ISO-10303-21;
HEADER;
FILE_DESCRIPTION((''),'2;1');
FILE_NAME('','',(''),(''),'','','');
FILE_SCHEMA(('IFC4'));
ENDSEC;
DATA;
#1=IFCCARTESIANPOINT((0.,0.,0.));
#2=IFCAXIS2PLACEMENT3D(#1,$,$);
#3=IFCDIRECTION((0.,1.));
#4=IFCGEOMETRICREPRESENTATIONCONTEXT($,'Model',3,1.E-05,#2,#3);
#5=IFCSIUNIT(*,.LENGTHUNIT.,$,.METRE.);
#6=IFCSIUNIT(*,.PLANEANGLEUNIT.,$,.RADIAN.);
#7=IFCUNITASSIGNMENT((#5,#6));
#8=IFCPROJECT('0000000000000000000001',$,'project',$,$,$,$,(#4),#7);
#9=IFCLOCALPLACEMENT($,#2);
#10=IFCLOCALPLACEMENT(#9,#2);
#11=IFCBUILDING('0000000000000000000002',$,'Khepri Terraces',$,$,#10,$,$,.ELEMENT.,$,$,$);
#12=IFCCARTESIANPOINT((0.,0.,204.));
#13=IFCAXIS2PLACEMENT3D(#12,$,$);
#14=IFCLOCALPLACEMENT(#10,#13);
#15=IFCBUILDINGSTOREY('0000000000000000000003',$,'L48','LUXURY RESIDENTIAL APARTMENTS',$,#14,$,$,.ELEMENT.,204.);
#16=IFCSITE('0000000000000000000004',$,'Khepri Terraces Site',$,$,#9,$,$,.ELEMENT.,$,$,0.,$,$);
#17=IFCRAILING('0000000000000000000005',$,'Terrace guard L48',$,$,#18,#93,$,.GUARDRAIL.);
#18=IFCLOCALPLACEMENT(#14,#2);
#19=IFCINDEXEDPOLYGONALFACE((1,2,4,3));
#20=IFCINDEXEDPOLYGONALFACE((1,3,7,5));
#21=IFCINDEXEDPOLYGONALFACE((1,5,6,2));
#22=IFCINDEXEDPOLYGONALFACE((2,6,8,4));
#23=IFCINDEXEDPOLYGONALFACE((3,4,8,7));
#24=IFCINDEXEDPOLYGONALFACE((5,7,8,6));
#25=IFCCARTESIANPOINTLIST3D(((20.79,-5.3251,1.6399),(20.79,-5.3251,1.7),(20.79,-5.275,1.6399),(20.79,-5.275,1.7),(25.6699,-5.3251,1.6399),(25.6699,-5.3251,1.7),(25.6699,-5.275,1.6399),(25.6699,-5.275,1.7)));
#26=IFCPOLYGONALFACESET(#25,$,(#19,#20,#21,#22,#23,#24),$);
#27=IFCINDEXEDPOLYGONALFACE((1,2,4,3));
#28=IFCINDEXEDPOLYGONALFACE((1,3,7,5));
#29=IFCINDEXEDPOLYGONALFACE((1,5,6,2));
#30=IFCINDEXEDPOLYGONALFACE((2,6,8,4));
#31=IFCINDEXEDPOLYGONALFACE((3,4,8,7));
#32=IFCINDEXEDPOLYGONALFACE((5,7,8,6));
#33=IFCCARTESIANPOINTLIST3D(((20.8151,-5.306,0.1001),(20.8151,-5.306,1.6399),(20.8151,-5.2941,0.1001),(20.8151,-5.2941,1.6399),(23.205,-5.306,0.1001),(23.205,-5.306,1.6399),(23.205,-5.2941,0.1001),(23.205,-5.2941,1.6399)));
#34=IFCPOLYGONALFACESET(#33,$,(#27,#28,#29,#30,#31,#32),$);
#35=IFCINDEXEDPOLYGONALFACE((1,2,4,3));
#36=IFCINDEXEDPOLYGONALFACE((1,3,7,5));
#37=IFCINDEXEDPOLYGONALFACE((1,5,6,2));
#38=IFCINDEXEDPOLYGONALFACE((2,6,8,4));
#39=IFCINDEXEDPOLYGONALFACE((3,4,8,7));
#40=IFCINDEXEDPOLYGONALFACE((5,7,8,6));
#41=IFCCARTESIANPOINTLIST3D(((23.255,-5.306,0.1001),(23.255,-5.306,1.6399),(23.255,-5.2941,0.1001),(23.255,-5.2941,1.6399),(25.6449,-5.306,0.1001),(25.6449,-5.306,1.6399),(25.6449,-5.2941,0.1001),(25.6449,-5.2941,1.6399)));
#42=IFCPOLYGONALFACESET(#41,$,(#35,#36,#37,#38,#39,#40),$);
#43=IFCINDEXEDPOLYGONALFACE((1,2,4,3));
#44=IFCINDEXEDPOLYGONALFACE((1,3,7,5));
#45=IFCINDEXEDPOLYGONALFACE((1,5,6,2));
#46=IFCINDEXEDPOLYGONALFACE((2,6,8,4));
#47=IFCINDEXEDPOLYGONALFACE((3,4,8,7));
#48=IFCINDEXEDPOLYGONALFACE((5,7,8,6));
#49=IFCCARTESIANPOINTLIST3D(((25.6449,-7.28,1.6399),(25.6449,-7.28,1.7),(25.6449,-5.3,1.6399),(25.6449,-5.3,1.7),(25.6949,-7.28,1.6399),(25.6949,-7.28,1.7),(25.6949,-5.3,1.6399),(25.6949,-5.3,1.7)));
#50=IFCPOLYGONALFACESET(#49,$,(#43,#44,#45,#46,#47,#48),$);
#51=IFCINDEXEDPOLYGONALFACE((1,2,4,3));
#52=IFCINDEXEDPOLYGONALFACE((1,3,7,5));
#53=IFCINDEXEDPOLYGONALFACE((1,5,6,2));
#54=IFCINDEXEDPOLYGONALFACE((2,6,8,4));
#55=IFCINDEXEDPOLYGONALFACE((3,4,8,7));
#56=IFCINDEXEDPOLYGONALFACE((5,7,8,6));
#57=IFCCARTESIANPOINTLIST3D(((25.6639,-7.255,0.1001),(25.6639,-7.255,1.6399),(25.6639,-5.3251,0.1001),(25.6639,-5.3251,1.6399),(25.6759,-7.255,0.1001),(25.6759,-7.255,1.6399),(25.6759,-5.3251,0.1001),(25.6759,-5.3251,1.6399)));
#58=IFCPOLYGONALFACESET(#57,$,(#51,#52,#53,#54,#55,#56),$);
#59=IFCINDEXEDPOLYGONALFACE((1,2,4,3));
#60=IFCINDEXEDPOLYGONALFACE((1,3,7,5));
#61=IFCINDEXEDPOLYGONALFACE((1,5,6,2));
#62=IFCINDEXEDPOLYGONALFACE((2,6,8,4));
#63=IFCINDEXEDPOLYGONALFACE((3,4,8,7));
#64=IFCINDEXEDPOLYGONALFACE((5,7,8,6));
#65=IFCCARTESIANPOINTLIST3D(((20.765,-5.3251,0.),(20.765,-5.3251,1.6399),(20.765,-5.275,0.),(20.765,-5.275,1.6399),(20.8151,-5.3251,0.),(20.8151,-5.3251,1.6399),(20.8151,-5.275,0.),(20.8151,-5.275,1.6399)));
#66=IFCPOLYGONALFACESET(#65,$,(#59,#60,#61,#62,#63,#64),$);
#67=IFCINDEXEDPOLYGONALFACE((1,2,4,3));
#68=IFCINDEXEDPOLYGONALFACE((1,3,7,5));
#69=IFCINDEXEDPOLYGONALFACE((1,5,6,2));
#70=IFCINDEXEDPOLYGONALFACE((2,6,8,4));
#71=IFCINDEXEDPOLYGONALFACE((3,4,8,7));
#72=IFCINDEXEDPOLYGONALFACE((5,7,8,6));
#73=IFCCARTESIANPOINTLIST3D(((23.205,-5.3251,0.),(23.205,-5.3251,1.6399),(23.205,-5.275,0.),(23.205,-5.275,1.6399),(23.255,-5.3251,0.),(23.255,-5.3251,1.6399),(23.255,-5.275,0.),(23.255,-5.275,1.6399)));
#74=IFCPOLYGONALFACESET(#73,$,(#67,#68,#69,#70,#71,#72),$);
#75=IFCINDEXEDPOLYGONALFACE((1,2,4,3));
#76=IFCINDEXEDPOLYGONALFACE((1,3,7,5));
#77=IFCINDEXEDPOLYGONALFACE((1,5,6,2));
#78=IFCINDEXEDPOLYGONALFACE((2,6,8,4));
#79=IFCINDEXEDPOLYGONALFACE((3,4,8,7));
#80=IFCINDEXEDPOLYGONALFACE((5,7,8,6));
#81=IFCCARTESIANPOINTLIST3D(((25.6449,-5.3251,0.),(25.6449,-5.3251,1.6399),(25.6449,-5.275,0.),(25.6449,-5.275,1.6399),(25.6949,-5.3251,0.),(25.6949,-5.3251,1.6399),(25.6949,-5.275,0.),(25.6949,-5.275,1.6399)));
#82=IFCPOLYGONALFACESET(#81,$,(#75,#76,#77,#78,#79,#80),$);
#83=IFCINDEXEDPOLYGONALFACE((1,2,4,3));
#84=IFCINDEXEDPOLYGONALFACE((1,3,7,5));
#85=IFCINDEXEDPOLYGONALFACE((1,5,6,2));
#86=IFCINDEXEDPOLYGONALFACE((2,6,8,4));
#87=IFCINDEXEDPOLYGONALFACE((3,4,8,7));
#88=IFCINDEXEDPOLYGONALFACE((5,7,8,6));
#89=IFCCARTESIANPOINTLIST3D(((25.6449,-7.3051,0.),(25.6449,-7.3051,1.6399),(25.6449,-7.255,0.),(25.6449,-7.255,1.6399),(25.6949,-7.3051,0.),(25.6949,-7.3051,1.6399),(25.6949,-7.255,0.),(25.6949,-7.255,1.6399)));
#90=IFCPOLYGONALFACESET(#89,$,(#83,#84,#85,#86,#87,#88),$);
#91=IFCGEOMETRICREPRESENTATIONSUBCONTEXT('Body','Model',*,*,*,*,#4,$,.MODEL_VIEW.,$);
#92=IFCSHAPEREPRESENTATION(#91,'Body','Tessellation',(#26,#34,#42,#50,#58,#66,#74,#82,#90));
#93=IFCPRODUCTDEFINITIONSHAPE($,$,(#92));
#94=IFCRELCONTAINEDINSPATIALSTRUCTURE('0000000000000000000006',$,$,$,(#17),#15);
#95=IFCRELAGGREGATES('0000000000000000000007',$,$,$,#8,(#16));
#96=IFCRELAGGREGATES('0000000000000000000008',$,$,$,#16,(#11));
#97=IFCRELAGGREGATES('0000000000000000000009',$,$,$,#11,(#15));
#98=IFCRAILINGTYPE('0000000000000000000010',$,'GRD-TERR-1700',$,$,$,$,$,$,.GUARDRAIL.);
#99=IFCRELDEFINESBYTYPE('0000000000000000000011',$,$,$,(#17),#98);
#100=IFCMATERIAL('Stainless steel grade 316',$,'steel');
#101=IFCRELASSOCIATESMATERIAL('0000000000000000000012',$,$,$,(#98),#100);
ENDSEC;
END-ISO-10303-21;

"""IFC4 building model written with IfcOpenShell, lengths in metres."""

from ifc_helpers import new_model, si_unit, direction, frame, origin, origin_2d, place, context, subcontext, project, spatial, rectangle, extrude, material, type_object, element, save


model = new_model("IFC4")

# Units and contexts
model_context = context("Model", 3, precision=1e-05, world=origin(), true_north=direction((0.0, 1.0)))
body_context = subcontext(model_context, "Body", "Model", "MODEL_VIEW")
ifc_project = project(units=[si_unit("LENGTHUNIT", "METRE"), si_unit("PLANEANGLEUNIT", "RADIAN")], contexts=[model_context])

# Site, building, storey
site_placement = place(None, origin())
site = spatial("IfcSite", under=ifc_project, at=site_placement, Name="Khepri Terraces Site", CompositionType="ELEMENT", RefElevation=0.0)
building_placement = place(site_placement, origin())
building = spatial("IfcBuilding", under=site, at=building_placement, Name="Khepri Terraces", CompositionType="ELEMENT")
storey_placement = place(building_placement, frame((0.0, 0.0, 204.0)))
storey = spatial("IfcBuildingStorey", under=building, at=storey_placement, Name="L48", Description="LUXURY RESIDENTIAL APARTMENTS", CompositionType="ELEMENT", Elevation=204.0)

# Railing
ifc_material_1 = material(Name="Stainless steel grade 316", Category="steel")
railing_type = type_object("IfcRailingType", Name="GRD-TERR-1700", PredefinedType="GUARDRAIL", material=ifc_material_1)
railing_placement = place(storey_placement, frame((20.79, -5.3, 0.0)))
element("IfcRailing", 1, at=railing_placement, inside=storey, type_object=railing_type, Name="Terrace guard L48", PredefinedType="GUARDRAIL", context=body_context, shape_type="SweptSolid", body=[
    extrude(rectangle(XDim=0.05, YDim=0.0601, at=origin_2d()), frame((0.0, 0.0, 1.6699), z_axis=(1.0, 0.0, 0.0), x_axis=(0.0, 1.0, 0.0)), (0.0, 0.0, 1.0), 4.8799),
    extrude(rectangle(XDim=2.3899, YDim=0.012, at=origin_2d()), frame((1.22, 0.0, 0.1001), z_axis=(0.0, 0.0, 1.0), x_axis=(1.0, 0.0, 0.0)), (0.0, 0.0, 1.0), 1.5398),
    extrude(rectangle(XDim=2.3899, YDim=0.012, at=origin_2d()), frame((3.6599, 0.0, 0.1001), z_axis=(0.0, 0.0, 1.0), x_axis=(1.0, 0.0, 0.0)), (0.0, 0.0, 1.0), 1.5398),
    extrude(rectangle(XDim=0.05, YDim=0.0601, at=origin_2d()), frame((4.8799, 0.0, 1.6699), z_axis=(0.0, -1.0, 0.0), x_axis=(1.0, 0.0, 0.0)), (0.0, 0.0, 1.0), 1.98),
    extrude(rectangle(XDim=1.9299, YDim=0.012, at=origin_2d()), frame((4.8799, -0.99, 0.1001), z_axis=(0.0, 0.0, 1.0), x_axis=(0.0, -1.0, 0.0)), (0.0, 0.0, 1.0), 1.5398),
    extrude(rectangle(XDim=0.05, YDim=0.05, at=origin_2d()), origin(), (0.0, 0.0, 1.0), 1.6399),
    extrude(rectangle(XDim=0.05, YDim=0.05, at=origin_2d()), frame((2.4399, 0.0, 0.0)), (0.0, 0.0, 1.0), 1.6399),
    extrude(rectangle(XDim=0.05, YDim=0.05, at=origin_2d()), frame((4.8799, 0.0, 0.0)), (0.0, 0.0, 1.0), 1.6399),
    extrude(rectangle(XDim=0.05, YDim=0.05, at=origin_2d()), frame((4.8799, -1.98, 0.0)), (0.0, 0.0, 1.0), 1.6399),
])

save(model, "model.ifc")
